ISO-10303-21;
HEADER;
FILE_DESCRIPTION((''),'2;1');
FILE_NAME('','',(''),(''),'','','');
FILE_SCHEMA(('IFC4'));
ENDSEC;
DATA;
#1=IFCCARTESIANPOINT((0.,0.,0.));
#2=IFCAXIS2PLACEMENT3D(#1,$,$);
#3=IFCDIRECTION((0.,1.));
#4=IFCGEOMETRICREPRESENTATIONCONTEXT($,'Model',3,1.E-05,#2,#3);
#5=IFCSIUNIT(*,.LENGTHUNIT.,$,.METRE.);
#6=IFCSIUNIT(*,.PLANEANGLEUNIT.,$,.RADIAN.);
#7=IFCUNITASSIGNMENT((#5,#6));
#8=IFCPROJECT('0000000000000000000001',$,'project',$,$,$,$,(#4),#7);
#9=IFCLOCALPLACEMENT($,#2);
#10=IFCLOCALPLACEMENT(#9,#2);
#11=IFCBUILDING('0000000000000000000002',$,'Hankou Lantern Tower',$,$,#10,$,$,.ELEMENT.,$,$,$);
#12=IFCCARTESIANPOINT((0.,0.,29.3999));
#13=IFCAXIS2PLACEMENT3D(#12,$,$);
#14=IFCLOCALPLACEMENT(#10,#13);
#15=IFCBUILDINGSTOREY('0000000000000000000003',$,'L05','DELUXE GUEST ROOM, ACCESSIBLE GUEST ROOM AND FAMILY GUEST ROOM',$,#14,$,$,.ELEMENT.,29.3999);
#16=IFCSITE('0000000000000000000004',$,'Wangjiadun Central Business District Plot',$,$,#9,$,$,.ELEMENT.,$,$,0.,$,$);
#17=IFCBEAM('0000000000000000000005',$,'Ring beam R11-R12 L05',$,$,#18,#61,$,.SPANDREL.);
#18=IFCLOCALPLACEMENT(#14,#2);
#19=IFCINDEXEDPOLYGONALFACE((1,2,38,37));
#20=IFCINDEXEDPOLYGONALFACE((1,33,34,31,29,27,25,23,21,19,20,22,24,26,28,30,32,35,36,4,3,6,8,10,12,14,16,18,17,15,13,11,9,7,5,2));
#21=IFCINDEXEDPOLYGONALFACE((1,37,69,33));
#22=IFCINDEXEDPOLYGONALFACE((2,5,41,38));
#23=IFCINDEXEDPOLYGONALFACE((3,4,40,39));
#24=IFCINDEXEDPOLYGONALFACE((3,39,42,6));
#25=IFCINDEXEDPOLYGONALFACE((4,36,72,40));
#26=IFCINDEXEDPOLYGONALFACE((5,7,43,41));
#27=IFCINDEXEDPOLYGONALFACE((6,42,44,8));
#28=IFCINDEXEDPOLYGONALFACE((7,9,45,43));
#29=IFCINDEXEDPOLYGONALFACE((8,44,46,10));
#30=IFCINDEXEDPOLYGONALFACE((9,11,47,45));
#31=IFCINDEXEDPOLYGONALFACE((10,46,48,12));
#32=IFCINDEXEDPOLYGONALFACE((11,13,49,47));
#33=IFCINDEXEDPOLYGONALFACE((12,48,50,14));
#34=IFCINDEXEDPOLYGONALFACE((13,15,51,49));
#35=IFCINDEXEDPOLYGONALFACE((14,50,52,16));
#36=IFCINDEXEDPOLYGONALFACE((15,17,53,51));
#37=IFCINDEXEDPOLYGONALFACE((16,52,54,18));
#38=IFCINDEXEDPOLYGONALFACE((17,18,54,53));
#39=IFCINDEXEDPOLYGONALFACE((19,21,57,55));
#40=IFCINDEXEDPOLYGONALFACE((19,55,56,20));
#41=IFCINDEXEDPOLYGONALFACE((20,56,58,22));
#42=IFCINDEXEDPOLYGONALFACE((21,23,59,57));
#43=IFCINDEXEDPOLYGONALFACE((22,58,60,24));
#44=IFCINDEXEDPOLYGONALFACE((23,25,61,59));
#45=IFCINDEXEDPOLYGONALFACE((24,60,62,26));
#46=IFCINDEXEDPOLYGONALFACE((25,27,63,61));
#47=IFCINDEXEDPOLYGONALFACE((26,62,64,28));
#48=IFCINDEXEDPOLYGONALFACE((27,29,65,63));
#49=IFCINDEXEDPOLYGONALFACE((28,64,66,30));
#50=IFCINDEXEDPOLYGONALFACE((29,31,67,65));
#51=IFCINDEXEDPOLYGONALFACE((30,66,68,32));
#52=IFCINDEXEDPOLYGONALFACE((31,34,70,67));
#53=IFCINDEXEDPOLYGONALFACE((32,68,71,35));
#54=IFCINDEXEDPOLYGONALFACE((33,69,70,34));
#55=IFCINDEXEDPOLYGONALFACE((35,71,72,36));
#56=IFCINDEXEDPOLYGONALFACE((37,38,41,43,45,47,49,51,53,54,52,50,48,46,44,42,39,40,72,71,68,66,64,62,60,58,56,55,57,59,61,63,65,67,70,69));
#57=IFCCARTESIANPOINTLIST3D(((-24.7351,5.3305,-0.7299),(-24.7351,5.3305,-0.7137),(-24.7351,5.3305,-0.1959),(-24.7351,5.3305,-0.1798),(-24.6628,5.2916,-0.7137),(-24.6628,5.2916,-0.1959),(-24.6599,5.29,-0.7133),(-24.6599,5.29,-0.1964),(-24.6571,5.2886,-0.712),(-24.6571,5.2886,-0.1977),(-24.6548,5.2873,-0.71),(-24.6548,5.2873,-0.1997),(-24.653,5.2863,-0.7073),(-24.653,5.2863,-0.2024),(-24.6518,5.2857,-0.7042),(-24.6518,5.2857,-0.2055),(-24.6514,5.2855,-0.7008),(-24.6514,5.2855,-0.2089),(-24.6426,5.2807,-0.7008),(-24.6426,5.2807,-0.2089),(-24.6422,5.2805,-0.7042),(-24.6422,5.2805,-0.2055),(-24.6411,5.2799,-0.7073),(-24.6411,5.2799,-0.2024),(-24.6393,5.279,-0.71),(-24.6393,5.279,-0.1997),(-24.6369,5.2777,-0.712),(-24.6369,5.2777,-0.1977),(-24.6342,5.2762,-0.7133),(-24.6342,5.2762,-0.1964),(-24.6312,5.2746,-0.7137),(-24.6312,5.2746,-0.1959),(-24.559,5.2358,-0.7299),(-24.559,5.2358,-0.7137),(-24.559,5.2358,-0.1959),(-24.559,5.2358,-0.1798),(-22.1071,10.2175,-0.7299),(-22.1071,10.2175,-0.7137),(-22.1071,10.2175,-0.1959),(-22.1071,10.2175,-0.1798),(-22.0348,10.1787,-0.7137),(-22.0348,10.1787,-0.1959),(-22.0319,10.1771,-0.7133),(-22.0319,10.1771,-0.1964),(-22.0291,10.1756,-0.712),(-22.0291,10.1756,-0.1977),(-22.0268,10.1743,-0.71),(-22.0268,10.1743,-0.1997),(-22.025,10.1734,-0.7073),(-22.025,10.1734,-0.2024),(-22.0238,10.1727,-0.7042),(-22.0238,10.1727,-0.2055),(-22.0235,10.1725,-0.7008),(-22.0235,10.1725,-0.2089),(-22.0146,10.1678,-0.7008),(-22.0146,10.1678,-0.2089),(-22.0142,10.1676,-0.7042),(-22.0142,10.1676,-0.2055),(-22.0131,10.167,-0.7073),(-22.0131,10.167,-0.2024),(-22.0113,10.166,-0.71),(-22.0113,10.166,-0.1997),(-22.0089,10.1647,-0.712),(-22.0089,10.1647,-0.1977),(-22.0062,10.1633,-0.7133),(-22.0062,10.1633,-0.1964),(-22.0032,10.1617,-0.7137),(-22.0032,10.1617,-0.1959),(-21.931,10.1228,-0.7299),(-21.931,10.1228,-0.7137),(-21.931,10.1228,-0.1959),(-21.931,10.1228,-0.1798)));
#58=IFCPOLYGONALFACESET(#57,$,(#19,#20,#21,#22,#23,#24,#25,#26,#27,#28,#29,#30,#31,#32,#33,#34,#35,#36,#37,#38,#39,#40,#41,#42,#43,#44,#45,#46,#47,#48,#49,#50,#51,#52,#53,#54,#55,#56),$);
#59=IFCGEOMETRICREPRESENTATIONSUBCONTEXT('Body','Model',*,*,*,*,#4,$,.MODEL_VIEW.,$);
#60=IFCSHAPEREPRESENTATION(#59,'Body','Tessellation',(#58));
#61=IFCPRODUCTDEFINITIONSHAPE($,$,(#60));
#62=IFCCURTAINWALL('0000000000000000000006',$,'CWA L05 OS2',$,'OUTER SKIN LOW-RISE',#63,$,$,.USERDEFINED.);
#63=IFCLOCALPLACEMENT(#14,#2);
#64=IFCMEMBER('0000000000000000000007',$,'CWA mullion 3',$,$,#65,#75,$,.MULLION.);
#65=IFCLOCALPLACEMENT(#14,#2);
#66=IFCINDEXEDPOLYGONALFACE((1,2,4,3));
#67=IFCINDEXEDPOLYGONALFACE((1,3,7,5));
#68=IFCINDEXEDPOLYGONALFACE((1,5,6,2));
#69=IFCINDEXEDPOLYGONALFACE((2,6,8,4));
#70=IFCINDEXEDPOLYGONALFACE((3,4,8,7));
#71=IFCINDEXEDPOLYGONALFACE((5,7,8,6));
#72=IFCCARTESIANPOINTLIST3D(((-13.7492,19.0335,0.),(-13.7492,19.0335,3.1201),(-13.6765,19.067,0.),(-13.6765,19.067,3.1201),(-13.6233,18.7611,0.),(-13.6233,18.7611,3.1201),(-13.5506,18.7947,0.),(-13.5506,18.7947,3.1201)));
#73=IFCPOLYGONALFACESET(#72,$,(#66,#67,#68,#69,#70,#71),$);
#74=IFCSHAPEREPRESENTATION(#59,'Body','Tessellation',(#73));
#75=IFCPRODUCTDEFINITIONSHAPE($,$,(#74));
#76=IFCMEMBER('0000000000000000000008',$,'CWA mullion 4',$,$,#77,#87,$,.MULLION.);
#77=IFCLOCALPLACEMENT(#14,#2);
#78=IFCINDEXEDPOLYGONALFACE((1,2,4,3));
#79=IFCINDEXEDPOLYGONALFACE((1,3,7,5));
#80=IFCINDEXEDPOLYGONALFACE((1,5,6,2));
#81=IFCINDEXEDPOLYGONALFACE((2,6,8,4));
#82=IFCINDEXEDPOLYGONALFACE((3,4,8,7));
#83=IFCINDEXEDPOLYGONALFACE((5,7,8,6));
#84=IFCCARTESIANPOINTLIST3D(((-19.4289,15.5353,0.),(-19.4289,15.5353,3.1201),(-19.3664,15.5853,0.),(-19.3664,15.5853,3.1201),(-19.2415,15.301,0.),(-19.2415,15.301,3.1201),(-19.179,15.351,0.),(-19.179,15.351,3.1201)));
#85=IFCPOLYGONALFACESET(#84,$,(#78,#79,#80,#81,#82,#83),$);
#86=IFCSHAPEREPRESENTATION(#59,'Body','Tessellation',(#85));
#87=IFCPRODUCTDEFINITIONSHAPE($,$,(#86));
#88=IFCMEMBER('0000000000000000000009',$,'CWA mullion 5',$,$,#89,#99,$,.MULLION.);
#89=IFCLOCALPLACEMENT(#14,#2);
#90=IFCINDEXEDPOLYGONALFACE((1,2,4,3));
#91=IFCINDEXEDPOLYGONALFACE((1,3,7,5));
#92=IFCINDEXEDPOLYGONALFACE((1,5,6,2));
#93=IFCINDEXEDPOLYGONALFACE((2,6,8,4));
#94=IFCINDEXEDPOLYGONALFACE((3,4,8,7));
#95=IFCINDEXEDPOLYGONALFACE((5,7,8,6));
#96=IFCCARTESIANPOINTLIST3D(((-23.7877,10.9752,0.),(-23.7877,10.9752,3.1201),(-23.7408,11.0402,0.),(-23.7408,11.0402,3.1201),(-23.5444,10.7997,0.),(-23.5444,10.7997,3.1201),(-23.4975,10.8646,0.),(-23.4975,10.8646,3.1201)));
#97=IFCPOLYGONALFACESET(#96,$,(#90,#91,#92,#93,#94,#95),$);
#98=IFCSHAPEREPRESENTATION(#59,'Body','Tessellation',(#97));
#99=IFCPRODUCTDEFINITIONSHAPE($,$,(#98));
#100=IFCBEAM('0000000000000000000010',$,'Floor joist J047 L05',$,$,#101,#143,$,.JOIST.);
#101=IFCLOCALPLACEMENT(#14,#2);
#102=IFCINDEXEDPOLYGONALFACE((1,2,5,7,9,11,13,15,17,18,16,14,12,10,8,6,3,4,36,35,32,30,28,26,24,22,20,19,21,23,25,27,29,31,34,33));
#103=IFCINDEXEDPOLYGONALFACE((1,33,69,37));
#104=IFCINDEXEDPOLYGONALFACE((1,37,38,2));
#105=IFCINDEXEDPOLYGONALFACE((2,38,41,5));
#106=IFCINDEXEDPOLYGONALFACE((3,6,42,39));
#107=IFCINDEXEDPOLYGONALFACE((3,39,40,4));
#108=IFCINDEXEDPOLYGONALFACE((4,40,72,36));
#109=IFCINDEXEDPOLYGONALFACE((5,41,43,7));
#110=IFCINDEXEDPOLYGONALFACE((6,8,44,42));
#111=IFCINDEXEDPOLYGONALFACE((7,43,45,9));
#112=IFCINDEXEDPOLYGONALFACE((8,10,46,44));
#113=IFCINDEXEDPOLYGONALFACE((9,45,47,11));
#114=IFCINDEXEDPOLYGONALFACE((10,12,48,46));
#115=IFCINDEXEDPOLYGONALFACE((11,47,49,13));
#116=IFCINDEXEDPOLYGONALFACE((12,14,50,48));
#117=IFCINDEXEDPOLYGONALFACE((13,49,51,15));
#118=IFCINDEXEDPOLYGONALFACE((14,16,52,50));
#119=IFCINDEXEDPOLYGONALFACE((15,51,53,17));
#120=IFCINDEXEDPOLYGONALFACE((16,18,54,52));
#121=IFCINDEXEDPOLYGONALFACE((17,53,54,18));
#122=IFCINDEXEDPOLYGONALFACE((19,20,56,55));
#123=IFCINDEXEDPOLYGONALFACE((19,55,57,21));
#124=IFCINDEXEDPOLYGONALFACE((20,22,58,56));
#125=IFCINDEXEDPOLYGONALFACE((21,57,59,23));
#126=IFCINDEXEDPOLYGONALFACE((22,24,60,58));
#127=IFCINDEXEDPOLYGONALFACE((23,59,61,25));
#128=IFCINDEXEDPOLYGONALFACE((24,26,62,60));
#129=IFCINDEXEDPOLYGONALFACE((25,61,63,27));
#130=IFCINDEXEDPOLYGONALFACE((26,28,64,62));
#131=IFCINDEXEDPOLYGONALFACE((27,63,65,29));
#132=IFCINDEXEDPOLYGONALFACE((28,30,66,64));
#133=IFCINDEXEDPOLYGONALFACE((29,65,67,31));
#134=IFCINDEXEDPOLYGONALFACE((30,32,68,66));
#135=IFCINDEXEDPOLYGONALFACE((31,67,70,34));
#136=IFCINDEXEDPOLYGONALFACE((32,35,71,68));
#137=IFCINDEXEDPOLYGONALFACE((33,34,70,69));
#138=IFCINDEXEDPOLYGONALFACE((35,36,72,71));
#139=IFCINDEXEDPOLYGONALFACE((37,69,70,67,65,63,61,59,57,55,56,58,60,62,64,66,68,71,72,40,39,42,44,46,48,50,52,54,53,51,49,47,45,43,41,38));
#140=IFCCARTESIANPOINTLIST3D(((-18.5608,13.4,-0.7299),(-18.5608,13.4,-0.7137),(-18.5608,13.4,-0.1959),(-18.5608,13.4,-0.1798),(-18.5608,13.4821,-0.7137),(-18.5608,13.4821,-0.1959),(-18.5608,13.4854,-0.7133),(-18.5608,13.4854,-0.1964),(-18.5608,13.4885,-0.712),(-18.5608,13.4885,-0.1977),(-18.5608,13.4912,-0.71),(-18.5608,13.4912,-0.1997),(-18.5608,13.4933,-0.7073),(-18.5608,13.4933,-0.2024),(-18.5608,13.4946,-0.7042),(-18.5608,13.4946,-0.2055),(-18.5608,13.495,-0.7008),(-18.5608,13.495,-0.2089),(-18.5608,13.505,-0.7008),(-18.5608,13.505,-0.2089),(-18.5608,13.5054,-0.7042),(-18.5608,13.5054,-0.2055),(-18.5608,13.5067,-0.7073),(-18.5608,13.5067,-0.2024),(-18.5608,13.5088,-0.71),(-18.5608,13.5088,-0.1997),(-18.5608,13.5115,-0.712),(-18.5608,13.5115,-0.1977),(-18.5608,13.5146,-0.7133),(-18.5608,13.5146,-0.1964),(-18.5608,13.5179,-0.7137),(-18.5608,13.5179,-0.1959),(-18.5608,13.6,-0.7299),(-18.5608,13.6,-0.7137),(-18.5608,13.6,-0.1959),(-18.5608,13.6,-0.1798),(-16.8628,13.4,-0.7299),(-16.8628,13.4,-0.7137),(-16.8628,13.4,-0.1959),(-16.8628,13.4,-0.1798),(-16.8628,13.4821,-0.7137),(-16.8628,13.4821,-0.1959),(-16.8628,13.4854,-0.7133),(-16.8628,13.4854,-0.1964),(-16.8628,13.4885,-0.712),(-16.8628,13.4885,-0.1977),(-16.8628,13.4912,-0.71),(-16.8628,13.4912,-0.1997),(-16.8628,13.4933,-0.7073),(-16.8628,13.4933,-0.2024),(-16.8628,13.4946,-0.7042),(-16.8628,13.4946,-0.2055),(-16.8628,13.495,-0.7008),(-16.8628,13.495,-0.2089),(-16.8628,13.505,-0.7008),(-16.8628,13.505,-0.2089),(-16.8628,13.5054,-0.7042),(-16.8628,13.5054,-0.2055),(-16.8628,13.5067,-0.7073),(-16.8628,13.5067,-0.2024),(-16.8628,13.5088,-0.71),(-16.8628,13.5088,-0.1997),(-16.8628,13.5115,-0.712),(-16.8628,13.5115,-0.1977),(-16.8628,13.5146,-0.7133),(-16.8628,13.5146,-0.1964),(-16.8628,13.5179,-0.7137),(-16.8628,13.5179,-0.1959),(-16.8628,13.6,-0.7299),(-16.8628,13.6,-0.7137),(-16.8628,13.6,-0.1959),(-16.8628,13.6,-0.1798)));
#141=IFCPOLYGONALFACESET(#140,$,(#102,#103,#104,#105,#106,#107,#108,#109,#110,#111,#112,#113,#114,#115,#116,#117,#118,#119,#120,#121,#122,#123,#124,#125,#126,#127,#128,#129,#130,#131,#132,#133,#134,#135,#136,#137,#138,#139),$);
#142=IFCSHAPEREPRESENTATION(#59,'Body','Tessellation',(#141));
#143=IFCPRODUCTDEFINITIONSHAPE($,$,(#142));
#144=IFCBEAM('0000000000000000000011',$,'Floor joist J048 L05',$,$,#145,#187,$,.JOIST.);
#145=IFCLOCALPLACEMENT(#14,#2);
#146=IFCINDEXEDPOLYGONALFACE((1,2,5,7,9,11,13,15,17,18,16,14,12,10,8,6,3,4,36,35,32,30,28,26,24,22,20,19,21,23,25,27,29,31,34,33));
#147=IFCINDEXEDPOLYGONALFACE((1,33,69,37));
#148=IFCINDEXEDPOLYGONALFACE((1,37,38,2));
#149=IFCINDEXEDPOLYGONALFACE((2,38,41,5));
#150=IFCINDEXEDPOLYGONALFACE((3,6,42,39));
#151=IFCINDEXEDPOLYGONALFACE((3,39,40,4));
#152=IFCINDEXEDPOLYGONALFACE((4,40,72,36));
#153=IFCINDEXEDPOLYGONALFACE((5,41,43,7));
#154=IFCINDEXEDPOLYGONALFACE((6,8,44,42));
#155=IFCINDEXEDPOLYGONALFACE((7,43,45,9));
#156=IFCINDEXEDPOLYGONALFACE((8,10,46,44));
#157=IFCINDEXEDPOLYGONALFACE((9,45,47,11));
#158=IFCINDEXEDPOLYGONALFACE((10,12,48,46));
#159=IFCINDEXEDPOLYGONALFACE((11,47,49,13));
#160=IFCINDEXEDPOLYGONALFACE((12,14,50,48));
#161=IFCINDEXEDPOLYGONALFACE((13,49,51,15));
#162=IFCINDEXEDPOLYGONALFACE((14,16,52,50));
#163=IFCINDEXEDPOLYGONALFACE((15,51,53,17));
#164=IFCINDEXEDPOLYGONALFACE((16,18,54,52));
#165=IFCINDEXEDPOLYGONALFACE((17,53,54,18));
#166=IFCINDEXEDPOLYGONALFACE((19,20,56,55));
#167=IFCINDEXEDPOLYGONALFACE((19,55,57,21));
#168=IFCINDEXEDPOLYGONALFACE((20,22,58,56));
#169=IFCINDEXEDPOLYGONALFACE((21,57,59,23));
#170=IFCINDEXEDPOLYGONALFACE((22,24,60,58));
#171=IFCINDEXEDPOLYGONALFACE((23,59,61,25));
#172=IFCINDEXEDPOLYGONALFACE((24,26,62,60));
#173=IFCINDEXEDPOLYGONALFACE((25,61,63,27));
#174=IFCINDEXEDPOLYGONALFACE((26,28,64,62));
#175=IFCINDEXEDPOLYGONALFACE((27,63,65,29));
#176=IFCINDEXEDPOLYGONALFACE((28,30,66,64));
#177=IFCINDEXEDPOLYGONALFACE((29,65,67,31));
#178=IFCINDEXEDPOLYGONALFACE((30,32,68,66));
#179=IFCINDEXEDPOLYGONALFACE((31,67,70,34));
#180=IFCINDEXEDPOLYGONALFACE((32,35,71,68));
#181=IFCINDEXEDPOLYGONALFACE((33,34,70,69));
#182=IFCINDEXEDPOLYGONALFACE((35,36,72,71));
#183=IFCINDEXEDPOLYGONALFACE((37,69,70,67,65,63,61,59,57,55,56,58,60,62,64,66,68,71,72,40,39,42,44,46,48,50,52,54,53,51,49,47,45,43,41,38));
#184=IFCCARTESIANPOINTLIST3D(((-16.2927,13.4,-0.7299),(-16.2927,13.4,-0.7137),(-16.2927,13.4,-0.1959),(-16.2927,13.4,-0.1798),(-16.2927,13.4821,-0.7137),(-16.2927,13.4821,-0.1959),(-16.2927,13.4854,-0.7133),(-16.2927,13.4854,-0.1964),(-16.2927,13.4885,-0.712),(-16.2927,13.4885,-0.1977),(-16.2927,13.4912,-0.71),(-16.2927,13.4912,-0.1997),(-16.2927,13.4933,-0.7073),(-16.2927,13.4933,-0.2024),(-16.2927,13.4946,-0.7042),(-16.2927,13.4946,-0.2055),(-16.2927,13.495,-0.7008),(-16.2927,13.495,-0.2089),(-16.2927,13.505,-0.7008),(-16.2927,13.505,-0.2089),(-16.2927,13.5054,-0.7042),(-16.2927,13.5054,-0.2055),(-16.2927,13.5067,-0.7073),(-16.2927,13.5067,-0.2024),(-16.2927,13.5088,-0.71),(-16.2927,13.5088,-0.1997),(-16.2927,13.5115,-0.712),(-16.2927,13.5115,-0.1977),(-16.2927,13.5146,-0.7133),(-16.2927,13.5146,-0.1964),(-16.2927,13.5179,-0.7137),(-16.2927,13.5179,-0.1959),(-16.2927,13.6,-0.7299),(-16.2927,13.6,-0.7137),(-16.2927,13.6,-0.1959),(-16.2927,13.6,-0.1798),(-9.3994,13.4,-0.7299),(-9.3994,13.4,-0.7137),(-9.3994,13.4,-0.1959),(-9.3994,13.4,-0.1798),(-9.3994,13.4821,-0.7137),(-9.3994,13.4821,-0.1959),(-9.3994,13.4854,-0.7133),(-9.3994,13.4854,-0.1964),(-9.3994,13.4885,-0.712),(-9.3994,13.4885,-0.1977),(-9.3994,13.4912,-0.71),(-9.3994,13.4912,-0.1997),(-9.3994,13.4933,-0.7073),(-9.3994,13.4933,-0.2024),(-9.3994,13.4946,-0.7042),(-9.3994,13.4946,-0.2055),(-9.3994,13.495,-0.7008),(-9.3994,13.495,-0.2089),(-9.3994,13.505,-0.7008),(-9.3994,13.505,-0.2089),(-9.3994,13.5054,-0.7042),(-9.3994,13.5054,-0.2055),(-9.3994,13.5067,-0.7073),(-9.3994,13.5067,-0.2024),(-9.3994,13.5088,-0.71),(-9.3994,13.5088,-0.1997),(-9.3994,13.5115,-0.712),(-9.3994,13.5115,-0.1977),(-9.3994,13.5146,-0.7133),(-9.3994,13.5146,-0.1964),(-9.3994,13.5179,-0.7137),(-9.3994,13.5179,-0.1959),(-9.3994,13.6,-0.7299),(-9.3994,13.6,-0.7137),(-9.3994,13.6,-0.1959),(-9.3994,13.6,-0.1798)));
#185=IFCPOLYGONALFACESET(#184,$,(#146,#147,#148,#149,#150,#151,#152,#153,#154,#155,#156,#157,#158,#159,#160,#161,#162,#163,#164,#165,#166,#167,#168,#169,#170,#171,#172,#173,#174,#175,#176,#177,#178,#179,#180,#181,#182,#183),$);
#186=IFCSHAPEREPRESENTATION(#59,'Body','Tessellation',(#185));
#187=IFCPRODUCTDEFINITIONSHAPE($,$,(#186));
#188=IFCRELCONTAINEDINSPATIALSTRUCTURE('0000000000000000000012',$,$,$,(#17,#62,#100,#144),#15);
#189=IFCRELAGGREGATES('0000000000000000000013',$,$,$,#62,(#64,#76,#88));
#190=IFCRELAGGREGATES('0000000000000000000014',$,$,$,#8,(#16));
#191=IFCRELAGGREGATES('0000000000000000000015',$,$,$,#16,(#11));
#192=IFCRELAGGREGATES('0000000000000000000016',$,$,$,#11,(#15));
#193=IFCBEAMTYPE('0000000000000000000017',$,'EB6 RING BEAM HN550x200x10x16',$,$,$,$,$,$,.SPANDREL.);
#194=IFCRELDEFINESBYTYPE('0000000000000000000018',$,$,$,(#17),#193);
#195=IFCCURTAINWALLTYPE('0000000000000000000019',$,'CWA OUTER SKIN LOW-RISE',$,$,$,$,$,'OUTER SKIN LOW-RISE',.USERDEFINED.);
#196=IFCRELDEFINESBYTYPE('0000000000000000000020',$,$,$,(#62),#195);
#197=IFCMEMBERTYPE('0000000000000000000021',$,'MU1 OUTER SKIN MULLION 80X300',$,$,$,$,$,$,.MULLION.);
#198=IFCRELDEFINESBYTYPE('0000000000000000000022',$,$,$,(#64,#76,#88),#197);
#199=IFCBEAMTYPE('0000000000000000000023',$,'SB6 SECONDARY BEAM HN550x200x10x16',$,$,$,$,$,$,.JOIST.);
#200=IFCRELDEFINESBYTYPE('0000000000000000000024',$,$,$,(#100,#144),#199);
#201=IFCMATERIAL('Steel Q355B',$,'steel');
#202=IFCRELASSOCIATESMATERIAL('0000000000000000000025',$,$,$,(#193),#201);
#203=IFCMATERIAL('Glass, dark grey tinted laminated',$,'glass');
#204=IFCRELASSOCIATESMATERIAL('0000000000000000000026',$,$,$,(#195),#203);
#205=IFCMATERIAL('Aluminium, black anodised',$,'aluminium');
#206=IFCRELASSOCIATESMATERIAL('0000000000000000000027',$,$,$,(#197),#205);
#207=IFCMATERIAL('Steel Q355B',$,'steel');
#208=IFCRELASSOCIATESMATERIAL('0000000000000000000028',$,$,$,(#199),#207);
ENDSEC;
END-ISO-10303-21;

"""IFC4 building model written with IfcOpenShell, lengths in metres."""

from ifc_helpers import new_model, si_unit, direction, frame, origin, origin_2d, place, context, subcontext, project, spatial, rectangle, i_section, extrude, material, material_profile, profile_set, type_object, element, aggregate, save


model = new_model("IFC4")

# Units and contexts
model_context = context("Model", 3, precision=1e-05, world=origin(), true_north=direction((0.0, 1.0)))
body_context = subcontext(model_context, "Body", "Model", "MODEL_VIEW")
ifc_project = project(units=[si_unit("LENGTHUNIT", "METRE"), si_unit("PLANEANGLEUNIT", "RADIAN")], contexts=[model_context])

# Site, building, storey
site_placement = place(None, origin())
site = spatial("IfcSite", under=ifc_project, at=site_placement, Name="Wangjiadun Central Business District Plot", CompositionType="ELEMENT", RefElevation=0.0)
building_placement = place(site_placement, origin())
building = spatial("IfcBuilding", under=site, at=building_placement, Name="Hankou Lantern Tower", CompositionType="ELEMENT")
storey_placement = place(building_placement, frame((0.0, 0.0, 29.3999)))
storey = spatial("IfcBuildingStorey", under=building, at=storey_placement, Name="L05", Description="DELUXE GUEST ROOM, ACCESSIBLE GUEST ROOM AND FAMILY GUEST ROOM", CompositionType="ELEMENT", Elevation=29.3999)

# Beam
ifc_material_1 = material(Name="Steel Q355B", Category="steel")
ifc_material_profile_1 = material_profile(ifc_material_1, i_section(OverallWidth=0.2, OverallDepth=0.55, WebThickness=0.01, FlangeThickness=0.0161, FilletRadius=0.0129, at=origin_2d()), Name="HN550x200x10x16")
ifc_profile_set_1 = profile_set([ifc_material_profile_1], Name="Steel Q355B")
beam_type_1 = type_object("IfcBeamType", Name="EB6 RING BEAM HN550x200x10x16", PredefinedType="SPANDREL", material=ifc_profile_set_1)
beam_1_placement = place(storey_placement, frame((-22.019, 10.1702, -0.4548), z_axis=(-0.473609, -0.880735, 0.0), x_axis=(0.880735, -0.473609, 0.0)))
element("IfcBeam", 1, at=beam_1_placement, inside=storey, type_object=beam_type_1, Name="Ring beam R11-R12 L05", PredefinedType="SPANDREL", context=body_context, shape_type="SweptSolid", body=[
    extrude(i_section(OverallWidth=0.2, OverallDepth=0.55, WebThickness=0.01, FlangeThickness=0.0161, FilletRadius=0.0129, at=origin_2d()), origin(), (0.0, 0.0, 1.0), 5.5488),
])

# Curtain wall, members
ifc_material_2 = material(Name="Glass, dark grey tinted laminated", Category="glass")
curtain_wall_type = type_object("IfcCurtainWallType", Name="CWA OUTER SKIN LOW-RISE", ElementType="OUTER SKIN LOW-RISE", PredefinedType="USERDEFINED", material=ifc_material_2)
curtain_wall_placement = place(storey_placement, origin())
curtain_wall = element("IfcCurtainWall", 2, at=curtain_wall_placement, inside=storey, type_object=curtain_wall_type, Name="CWA L05 OS2", ObjectType="OUTER SKIN LOW-RISE", PredefinedType="USERDEFINED")
ifc_material_3 = material(Name="Aluminium, black anodised", Category="aluminium")
ifc_material_profile_2 = material_profile(ifc_material_3, rectangle(XDim=0.0801, YDim=0.3, at=origin_2d()), Name="MU1 80X300")
ifc_profile_set_2 = profile_set([ifc_material_profile_2], Name="Aluminium, black anodised")
member_type_1 = type_object("IfcMemberType", Name="MU1 OUTER SKIN MULLION 80X300", PredefinedType="MULLION", material=ifc_profile_set_2)
member_1_placement = place(storey_placement, frame((-13.6499, 18.9141, 0.0), z_axis=(0.0, 0.0, 1.0), x_axis=(-0.907841, -0.419314, 0.0)))
member_1 = element("IfcMember", 3, at=member_1_placement, type_object=member_type_1, Name="CWA mullion 3", PredefinedType="MULLION", context=body_context, shape_type="SweptSolid", body=[
    extrude(rectangle(XDim=0.0801, YDim=0.3, at=origin_2d()), origin(), (0.0, 0.0, 1.0), 3.1201),
])
member_2_placement = place(storey_placement, frame((-19.304, 15.4431, 0.0), z_axis=(0.0, 0.0, 1.0), x_axis=(-0.780869, -0.624695, 0.0)))
member_2 = element("IfcMember", 4, at=member_2_placement, type_object=member_type_1, Name="CWA mullion 4", PredefinedType="MULLION", context=body_context, shape_type="SweptSolid", body=[
    extrude(rectangle(XDim=0.0801, YDim=0.3, at=origin_2d()), origin(), (0.0, 0.0, 1.0), 3.1201),
])
member_3_placement = place(storey_placement, frame((-23.6426, 10.9199, 0.0), z_axis=(0.0, 0.0, 1.0), x_axis=(-0.585206, -0.810885, 0.0)))
member_3 = element("IfcMember", 5, at=member_3_placement, type_object=member_type_1, Name="CWA mullion 5", PredefinedType="MULLION", context=body_context, shape_type="SweptSolid", body=[
    extrude(rectangle(XDim=0.0801, YDim=0.3, at=origin_2d()), origin(), (0.0, 0.0, 1.0), 3.1201),
])

# Beams
ifc_material_4 = material(Name="Steel Q355B", Category="steel")
ifc_material_profile_3 = material_profile(ifc_material_4, i_section(OverallWidth=0.2, OverallDepth=0.55, WebThickness=0.01, FlangeThickness=0.0161, FilletRadius=0.0129, at=origin_2d()), Name="HN550x200x10x16")
ifc_profile_set_3 = profile_set([ifc_material_profile_3], Name="Steel Q355B")
beam_type_2 = type_object("IfcBeamType", Name="SB6 SECONDARY BEAM HN550x200x10x16", PredefinedType="JOIST", material=ifc_profile_set_3)
beam_2_placement = place(storey_placement, frame((-18.5608, 13.5, -0.4548), z_axis=(1.0, 0.0, 0.0), x_axis=(0.0, 1.0, 0.0)))
element("IfcBeam", 6, at=beam_2_placement, inside=storey, type_object=beam_type_2, Name="Floor joist J047 L05", PredefinedType="JOIST", context=body_context, shape_type="SweptSolid", body=[
    extrude(i_section(OverallWidth=0.2, OverallDepth=0.55, WebThickness=0.01, FlangeThickness=0.0161, FilletRadius=0.0129, at=origin_2d()), origin(), (0.0, 0.0, 1.0), 1.698),
])
beam_3_placement = place(storey_placement, frame((-16.2927, 13.5, -0.4548), z_axis=(1.0, 0.0, 0.0), x_axis=(0.0, 1.0, 0.0)))
element("IfcBeam", 7, at=beam_3_placement, inside=storey, type_object=beam_type_2, Name="Floor joist J048 L05", PredefinedType="JOIST", context=body_context, shape_type="SweptSolid", body=[
    extrude(i_section(OverallWidth=0.2, OverallDepth=0.55, WebThickness=0.01, FlangeThickness=0.0161, FilletRadius=0.0129, at=origin_2d()), origin(), (0.0, 0.0, 1.0), 6.8933),
])

aggregate(curtain_wall, [member_1, member_2, member_3])

save(model, "model.ifc")
